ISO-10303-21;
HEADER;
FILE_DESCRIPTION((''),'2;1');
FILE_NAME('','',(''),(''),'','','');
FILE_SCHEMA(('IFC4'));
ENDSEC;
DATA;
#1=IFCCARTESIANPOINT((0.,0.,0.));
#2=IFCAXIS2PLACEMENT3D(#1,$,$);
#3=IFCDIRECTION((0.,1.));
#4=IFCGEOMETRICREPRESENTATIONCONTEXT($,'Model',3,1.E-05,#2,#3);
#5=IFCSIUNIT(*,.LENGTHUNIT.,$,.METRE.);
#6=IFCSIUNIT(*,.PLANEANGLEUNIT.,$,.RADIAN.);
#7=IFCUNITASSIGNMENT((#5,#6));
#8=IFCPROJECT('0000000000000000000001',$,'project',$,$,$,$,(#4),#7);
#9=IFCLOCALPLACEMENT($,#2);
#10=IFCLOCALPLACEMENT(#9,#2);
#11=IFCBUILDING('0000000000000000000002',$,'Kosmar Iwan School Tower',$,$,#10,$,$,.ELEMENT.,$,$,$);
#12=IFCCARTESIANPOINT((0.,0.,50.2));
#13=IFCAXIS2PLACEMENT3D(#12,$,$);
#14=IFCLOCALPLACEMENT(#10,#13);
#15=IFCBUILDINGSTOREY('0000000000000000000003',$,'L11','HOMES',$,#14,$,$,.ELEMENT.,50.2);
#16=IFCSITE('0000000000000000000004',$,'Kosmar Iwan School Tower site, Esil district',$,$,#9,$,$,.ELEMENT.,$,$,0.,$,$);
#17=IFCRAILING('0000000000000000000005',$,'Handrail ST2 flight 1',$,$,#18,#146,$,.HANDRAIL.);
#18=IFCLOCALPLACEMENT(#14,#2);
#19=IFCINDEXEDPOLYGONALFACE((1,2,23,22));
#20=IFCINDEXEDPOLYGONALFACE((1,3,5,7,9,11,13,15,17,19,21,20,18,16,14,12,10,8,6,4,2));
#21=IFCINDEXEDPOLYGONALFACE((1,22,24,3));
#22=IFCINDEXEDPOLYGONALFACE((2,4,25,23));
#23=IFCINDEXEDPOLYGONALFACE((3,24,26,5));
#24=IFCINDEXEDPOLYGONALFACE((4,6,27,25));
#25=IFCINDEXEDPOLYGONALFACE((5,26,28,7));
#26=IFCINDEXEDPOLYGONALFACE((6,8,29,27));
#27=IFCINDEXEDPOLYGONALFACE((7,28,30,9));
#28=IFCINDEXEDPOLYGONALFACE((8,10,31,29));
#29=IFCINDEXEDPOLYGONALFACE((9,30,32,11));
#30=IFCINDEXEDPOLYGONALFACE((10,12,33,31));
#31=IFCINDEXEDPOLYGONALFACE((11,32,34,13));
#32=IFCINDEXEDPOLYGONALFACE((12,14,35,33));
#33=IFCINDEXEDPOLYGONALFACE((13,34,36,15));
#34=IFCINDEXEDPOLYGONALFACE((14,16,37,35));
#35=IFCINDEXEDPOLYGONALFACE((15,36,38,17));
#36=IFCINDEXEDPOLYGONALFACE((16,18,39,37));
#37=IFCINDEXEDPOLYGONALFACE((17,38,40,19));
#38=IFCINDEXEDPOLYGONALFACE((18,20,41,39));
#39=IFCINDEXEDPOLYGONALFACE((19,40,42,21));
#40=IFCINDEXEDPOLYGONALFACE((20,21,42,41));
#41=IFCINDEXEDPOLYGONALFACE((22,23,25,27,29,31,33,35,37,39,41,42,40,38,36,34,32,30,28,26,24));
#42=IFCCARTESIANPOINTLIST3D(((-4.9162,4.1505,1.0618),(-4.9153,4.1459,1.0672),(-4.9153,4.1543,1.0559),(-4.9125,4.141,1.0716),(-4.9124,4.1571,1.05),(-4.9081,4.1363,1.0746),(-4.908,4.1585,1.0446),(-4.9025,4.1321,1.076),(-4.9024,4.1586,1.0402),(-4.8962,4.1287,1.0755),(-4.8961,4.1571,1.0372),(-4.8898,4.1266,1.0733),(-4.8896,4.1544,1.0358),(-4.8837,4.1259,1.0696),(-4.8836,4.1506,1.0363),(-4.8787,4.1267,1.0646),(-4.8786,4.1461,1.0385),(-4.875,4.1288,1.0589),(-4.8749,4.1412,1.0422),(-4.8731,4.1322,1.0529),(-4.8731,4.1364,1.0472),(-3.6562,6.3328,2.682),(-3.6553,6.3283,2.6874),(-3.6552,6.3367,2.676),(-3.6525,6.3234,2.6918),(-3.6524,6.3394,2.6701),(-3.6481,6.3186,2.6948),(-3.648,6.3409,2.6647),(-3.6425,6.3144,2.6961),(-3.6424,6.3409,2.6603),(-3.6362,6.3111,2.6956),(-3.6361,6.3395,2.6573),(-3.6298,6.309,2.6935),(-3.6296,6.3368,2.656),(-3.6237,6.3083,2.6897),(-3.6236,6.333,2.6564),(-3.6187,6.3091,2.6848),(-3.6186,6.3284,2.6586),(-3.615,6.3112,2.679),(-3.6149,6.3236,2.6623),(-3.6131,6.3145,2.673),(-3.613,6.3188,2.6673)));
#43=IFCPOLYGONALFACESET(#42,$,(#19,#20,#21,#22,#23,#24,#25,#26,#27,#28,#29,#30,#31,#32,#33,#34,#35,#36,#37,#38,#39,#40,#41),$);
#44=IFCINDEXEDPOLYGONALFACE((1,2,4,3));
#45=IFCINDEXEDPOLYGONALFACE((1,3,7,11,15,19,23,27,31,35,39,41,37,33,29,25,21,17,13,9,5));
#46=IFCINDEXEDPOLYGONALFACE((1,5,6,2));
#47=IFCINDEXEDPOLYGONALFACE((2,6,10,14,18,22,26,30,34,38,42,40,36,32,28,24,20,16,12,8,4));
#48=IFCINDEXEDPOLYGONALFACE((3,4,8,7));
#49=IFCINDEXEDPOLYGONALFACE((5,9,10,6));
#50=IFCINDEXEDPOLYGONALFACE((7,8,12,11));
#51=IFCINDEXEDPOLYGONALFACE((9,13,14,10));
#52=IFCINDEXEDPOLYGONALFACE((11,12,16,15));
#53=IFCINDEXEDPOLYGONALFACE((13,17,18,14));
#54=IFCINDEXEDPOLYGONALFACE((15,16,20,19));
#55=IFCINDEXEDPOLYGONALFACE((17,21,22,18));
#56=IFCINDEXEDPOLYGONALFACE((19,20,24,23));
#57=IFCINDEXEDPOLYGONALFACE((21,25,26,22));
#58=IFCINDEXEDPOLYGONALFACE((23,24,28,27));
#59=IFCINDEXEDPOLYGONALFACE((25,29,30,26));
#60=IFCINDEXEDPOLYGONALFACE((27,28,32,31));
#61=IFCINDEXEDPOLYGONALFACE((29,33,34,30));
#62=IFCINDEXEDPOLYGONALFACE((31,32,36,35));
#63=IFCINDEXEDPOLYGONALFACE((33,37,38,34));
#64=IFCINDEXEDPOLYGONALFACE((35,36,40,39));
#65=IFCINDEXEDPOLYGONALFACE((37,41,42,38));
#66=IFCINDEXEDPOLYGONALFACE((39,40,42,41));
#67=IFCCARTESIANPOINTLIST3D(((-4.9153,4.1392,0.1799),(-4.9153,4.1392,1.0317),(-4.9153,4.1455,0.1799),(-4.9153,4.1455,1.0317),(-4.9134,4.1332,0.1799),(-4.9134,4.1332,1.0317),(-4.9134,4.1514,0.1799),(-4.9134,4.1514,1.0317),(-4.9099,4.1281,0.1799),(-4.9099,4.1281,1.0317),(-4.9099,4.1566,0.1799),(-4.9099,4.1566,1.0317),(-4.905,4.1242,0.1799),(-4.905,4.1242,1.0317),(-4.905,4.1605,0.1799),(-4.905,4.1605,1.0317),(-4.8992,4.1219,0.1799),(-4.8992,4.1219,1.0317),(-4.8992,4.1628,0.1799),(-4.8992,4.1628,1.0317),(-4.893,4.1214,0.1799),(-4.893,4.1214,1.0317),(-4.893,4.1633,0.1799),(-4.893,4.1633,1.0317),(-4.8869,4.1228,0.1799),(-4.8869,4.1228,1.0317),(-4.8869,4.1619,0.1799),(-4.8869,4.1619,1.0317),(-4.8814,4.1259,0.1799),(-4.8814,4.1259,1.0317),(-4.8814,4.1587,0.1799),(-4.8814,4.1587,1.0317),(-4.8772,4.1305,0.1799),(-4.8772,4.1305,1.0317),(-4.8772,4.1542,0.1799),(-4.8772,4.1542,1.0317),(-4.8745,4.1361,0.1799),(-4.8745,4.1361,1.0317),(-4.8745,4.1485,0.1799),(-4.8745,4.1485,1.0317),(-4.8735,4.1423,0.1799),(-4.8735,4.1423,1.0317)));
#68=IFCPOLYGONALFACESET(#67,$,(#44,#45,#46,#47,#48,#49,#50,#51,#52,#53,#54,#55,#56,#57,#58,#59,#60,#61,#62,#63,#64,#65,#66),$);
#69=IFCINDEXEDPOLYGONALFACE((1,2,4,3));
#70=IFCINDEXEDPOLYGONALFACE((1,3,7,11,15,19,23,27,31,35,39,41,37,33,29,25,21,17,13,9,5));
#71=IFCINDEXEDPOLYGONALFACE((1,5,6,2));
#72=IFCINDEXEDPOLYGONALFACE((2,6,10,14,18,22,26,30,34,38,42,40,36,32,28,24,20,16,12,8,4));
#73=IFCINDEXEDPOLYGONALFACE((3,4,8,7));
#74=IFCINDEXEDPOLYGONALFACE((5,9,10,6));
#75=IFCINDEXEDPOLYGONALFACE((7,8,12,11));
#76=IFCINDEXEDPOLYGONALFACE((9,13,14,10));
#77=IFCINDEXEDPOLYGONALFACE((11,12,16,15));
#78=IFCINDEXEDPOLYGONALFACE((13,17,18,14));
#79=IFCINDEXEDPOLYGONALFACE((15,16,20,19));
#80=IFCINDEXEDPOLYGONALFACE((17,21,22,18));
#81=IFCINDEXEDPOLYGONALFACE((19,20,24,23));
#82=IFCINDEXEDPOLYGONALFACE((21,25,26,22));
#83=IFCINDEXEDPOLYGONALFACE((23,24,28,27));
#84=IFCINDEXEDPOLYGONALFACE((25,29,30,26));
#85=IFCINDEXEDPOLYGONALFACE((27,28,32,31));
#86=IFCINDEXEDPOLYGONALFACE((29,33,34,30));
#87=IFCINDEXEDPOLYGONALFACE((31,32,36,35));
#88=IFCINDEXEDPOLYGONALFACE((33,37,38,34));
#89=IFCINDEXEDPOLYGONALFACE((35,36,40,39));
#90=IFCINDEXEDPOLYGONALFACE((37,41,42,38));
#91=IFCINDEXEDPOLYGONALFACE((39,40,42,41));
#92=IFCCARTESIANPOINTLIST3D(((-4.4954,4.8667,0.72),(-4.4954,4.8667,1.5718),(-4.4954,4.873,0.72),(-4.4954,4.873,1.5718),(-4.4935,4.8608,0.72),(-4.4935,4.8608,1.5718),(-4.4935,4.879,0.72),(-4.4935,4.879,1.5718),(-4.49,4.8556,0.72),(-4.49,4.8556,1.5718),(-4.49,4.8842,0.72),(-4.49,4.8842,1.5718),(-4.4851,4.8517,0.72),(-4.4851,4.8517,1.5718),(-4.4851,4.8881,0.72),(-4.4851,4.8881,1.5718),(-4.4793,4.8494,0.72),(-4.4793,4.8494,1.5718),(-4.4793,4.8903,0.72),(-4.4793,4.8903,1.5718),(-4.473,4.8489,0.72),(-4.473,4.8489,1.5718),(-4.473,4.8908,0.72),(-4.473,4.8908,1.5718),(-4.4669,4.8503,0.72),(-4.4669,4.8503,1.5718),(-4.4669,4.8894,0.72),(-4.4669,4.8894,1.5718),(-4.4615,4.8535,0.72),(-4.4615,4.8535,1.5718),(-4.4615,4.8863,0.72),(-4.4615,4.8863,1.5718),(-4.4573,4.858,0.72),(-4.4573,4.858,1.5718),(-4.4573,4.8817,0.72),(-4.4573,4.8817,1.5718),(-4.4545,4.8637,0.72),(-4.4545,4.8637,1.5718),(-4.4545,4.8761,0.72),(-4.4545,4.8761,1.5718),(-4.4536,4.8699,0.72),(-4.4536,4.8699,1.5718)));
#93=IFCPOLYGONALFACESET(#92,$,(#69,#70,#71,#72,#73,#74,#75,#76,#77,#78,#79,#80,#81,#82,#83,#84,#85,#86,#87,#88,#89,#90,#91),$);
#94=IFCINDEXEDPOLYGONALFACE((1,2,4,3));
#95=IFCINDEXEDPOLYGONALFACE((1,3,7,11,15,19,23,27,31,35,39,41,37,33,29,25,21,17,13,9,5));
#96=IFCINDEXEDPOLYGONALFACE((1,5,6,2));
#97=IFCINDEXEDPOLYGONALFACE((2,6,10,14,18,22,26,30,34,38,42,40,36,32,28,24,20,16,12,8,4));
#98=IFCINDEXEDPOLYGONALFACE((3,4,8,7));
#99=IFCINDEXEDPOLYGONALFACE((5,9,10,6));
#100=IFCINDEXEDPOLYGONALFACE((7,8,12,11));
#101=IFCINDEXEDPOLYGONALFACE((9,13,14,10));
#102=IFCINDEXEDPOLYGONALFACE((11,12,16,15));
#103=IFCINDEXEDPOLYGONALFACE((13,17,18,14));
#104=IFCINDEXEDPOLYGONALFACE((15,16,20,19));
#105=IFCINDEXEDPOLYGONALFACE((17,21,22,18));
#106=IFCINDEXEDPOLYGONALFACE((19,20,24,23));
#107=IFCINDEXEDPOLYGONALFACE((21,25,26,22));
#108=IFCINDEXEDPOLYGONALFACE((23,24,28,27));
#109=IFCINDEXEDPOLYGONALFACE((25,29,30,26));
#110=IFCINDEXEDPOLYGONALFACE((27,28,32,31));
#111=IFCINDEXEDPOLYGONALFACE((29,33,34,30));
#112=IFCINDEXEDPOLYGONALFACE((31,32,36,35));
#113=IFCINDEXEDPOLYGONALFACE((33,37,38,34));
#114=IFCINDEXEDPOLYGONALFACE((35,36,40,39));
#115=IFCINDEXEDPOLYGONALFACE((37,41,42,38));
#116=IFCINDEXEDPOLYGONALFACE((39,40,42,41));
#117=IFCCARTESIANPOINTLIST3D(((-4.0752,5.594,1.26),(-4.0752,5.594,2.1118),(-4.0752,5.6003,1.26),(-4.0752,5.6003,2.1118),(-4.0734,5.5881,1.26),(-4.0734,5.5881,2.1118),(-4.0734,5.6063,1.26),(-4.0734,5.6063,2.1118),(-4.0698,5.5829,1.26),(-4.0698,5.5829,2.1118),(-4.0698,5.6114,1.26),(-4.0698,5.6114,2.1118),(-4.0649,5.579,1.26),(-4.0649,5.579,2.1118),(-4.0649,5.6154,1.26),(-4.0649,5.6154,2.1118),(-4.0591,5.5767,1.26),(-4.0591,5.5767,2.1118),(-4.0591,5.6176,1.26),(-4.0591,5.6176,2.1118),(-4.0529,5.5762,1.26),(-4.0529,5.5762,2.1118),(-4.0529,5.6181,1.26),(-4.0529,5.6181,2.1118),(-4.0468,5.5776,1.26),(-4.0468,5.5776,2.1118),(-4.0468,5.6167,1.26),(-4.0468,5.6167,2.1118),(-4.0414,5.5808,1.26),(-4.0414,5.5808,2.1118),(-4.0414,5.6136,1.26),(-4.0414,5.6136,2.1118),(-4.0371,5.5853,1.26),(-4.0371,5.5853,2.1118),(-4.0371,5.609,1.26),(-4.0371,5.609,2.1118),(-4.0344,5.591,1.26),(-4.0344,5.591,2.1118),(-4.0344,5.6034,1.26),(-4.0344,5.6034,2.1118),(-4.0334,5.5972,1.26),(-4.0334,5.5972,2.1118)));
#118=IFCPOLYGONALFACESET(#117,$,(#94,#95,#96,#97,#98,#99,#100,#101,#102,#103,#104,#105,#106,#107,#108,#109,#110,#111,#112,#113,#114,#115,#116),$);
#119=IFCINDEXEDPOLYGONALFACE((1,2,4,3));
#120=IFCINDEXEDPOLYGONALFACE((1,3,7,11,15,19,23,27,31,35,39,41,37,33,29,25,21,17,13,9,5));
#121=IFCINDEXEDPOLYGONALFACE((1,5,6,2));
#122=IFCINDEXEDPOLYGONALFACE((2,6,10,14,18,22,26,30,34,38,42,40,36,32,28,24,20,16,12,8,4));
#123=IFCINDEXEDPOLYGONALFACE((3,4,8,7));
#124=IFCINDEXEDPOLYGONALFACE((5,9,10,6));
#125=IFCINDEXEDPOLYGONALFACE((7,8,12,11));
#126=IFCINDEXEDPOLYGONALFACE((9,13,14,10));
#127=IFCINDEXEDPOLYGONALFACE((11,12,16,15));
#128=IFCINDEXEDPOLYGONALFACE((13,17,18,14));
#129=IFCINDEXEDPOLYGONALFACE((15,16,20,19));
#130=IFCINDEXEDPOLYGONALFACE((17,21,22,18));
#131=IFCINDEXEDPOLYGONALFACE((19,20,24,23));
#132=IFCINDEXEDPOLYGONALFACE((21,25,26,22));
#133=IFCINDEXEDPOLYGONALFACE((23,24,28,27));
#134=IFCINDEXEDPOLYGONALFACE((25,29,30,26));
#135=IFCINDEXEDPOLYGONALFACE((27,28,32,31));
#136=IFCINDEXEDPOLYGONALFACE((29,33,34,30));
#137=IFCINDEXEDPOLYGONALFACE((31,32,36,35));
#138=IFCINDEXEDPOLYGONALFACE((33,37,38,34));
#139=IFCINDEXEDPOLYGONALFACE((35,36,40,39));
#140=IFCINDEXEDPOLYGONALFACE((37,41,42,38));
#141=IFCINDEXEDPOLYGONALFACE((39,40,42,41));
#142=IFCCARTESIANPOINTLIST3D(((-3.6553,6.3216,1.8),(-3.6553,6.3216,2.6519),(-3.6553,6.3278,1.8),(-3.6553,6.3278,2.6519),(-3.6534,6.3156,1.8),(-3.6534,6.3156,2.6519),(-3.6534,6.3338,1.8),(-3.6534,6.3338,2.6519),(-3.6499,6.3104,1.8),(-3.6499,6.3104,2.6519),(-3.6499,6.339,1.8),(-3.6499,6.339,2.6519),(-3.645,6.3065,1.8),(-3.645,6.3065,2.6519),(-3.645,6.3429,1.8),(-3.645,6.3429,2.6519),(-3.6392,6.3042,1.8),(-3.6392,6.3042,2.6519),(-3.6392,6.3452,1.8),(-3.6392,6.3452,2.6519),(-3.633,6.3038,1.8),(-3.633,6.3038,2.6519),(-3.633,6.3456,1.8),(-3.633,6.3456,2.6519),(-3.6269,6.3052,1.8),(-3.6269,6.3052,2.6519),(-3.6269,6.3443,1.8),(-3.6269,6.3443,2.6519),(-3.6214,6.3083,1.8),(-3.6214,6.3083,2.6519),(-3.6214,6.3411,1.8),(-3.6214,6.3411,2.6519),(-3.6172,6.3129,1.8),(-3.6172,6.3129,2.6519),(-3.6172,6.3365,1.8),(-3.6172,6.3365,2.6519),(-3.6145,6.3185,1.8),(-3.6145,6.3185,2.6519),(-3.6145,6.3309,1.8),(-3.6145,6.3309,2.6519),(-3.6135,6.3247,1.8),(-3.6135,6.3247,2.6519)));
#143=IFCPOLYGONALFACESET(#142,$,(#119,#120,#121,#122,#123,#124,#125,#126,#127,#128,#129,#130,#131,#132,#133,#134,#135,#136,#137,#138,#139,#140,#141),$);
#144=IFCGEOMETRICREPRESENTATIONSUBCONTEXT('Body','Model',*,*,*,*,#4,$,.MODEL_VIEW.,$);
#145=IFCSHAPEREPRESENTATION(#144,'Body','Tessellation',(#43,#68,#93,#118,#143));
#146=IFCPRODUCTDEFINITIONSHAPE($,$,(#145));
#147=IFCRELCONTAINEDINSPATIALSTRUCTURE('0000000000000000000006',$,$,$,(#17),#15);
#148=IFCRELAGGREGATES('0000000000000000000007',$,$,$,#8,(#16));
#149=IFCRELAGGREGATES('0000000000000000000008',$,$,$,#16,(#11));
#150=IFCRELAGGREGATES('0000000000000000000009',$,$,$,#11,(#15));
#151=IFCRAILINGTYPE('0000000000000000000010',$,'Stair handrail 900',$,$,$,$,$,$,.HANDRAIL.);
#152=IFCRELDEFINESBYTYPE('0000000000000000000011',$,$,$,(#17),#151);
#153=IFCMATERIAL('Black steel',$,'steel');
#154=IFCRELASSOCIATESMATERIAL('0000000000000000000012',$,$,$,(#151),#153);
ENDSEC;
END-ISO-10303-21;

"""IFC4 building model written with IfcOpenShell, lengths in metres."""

from ifc_helpers import new_model, si_unit, direction, frame, origin, origin_2d, place, context, subcontext, project, spatial, circle, extrude, material, type_object, element, save


model = new_model("IFC4")

# Units and contexts
model_context = context("Model", 3, precision=1e-05, world=origin(), true_north=direction((0.0, 1.0)))
body_context = subcontext(model_context, "Body", "Model", "MODEL_VIEW")
ifc_project = project(units=[si_unit("LENGTHUNIT", "METRE"), si_unit("PLANEANGLEUNIT", "RADIAN")], contexts=[model_context])

# Site, building, storey
site_placement = place(None, origin())
site = spatial("IfcSite", under=ifc_project, at=site_placement, Name="Kosmar Iwan School Tower site, Esil district", CompositionType="ELEMENT", RefElevation=0.0)
building_placement = place(site_placement, origin())
building = spatial("IfcBuilding", under=site, at=building_placement, Name="Kosmar Iwan School Tower", CompositionType="ELEMENT")
storey_placement = place(building_placement, frame((0.0, 0.0, 50.2)))
storey = spatial("IfcBuildingStorey", under=building, at=storey_placement, Name="L11", Description="HOMES", CompositionType="ELEMENT", Elevation=50.2)

# Railing
ifc_material_1 = material(Name="Black steel", Category="steel")
railing_type = type_object("IfcRailingType", Name="Stair handrail 900", PredefinedType="HANDRAIL", material=ifc_material_1)
railing_placement = place(storey_placement, frame((-4.8945, 4.1423, 0.1799)))
element("IfcRailing", 1, at=railing_placement, inside=storey, type_object=railing_type, Name="Handrail ST2 flight 1", PredefinedType="HANDRAIL", context=body_context, shape_type="SweptSolid", body=[
    extrude(circle(Radius=0.0239, at=origin_2d()), frame((0.0, 0.0, 0.876), z_axis=(0.420584, 0.728464, 0.540786), x_axis=(-0.866023, 0.500005, 0.0)), (0.0, 0.0, 1.0), 2.9958),
    extrude(circle(Radius=0.021, at=origin_2d()), origin(), (0.0, 0.0, 1.0), 0.8518),
    extrude(circle(Radius=0.021, at=origin_2d()), frame((0.4199, 0.7275, 0.54)), (0.0, 0.0, 1.0), 0.8518),
    extrude(circle(Radius=0.021, at=origin_2d()), frame((0.8401, 1.4548, 1.0801)), (0.0, 0.0, 1.0), 0.8518),
    extrude(circle(Radius=0.021, at=origin_2d()), frame((1.26, 2.1824, 1.6201)), (0.0, 0.0, 1.0), 0.8518),
])

save(model, "model.ifc")
